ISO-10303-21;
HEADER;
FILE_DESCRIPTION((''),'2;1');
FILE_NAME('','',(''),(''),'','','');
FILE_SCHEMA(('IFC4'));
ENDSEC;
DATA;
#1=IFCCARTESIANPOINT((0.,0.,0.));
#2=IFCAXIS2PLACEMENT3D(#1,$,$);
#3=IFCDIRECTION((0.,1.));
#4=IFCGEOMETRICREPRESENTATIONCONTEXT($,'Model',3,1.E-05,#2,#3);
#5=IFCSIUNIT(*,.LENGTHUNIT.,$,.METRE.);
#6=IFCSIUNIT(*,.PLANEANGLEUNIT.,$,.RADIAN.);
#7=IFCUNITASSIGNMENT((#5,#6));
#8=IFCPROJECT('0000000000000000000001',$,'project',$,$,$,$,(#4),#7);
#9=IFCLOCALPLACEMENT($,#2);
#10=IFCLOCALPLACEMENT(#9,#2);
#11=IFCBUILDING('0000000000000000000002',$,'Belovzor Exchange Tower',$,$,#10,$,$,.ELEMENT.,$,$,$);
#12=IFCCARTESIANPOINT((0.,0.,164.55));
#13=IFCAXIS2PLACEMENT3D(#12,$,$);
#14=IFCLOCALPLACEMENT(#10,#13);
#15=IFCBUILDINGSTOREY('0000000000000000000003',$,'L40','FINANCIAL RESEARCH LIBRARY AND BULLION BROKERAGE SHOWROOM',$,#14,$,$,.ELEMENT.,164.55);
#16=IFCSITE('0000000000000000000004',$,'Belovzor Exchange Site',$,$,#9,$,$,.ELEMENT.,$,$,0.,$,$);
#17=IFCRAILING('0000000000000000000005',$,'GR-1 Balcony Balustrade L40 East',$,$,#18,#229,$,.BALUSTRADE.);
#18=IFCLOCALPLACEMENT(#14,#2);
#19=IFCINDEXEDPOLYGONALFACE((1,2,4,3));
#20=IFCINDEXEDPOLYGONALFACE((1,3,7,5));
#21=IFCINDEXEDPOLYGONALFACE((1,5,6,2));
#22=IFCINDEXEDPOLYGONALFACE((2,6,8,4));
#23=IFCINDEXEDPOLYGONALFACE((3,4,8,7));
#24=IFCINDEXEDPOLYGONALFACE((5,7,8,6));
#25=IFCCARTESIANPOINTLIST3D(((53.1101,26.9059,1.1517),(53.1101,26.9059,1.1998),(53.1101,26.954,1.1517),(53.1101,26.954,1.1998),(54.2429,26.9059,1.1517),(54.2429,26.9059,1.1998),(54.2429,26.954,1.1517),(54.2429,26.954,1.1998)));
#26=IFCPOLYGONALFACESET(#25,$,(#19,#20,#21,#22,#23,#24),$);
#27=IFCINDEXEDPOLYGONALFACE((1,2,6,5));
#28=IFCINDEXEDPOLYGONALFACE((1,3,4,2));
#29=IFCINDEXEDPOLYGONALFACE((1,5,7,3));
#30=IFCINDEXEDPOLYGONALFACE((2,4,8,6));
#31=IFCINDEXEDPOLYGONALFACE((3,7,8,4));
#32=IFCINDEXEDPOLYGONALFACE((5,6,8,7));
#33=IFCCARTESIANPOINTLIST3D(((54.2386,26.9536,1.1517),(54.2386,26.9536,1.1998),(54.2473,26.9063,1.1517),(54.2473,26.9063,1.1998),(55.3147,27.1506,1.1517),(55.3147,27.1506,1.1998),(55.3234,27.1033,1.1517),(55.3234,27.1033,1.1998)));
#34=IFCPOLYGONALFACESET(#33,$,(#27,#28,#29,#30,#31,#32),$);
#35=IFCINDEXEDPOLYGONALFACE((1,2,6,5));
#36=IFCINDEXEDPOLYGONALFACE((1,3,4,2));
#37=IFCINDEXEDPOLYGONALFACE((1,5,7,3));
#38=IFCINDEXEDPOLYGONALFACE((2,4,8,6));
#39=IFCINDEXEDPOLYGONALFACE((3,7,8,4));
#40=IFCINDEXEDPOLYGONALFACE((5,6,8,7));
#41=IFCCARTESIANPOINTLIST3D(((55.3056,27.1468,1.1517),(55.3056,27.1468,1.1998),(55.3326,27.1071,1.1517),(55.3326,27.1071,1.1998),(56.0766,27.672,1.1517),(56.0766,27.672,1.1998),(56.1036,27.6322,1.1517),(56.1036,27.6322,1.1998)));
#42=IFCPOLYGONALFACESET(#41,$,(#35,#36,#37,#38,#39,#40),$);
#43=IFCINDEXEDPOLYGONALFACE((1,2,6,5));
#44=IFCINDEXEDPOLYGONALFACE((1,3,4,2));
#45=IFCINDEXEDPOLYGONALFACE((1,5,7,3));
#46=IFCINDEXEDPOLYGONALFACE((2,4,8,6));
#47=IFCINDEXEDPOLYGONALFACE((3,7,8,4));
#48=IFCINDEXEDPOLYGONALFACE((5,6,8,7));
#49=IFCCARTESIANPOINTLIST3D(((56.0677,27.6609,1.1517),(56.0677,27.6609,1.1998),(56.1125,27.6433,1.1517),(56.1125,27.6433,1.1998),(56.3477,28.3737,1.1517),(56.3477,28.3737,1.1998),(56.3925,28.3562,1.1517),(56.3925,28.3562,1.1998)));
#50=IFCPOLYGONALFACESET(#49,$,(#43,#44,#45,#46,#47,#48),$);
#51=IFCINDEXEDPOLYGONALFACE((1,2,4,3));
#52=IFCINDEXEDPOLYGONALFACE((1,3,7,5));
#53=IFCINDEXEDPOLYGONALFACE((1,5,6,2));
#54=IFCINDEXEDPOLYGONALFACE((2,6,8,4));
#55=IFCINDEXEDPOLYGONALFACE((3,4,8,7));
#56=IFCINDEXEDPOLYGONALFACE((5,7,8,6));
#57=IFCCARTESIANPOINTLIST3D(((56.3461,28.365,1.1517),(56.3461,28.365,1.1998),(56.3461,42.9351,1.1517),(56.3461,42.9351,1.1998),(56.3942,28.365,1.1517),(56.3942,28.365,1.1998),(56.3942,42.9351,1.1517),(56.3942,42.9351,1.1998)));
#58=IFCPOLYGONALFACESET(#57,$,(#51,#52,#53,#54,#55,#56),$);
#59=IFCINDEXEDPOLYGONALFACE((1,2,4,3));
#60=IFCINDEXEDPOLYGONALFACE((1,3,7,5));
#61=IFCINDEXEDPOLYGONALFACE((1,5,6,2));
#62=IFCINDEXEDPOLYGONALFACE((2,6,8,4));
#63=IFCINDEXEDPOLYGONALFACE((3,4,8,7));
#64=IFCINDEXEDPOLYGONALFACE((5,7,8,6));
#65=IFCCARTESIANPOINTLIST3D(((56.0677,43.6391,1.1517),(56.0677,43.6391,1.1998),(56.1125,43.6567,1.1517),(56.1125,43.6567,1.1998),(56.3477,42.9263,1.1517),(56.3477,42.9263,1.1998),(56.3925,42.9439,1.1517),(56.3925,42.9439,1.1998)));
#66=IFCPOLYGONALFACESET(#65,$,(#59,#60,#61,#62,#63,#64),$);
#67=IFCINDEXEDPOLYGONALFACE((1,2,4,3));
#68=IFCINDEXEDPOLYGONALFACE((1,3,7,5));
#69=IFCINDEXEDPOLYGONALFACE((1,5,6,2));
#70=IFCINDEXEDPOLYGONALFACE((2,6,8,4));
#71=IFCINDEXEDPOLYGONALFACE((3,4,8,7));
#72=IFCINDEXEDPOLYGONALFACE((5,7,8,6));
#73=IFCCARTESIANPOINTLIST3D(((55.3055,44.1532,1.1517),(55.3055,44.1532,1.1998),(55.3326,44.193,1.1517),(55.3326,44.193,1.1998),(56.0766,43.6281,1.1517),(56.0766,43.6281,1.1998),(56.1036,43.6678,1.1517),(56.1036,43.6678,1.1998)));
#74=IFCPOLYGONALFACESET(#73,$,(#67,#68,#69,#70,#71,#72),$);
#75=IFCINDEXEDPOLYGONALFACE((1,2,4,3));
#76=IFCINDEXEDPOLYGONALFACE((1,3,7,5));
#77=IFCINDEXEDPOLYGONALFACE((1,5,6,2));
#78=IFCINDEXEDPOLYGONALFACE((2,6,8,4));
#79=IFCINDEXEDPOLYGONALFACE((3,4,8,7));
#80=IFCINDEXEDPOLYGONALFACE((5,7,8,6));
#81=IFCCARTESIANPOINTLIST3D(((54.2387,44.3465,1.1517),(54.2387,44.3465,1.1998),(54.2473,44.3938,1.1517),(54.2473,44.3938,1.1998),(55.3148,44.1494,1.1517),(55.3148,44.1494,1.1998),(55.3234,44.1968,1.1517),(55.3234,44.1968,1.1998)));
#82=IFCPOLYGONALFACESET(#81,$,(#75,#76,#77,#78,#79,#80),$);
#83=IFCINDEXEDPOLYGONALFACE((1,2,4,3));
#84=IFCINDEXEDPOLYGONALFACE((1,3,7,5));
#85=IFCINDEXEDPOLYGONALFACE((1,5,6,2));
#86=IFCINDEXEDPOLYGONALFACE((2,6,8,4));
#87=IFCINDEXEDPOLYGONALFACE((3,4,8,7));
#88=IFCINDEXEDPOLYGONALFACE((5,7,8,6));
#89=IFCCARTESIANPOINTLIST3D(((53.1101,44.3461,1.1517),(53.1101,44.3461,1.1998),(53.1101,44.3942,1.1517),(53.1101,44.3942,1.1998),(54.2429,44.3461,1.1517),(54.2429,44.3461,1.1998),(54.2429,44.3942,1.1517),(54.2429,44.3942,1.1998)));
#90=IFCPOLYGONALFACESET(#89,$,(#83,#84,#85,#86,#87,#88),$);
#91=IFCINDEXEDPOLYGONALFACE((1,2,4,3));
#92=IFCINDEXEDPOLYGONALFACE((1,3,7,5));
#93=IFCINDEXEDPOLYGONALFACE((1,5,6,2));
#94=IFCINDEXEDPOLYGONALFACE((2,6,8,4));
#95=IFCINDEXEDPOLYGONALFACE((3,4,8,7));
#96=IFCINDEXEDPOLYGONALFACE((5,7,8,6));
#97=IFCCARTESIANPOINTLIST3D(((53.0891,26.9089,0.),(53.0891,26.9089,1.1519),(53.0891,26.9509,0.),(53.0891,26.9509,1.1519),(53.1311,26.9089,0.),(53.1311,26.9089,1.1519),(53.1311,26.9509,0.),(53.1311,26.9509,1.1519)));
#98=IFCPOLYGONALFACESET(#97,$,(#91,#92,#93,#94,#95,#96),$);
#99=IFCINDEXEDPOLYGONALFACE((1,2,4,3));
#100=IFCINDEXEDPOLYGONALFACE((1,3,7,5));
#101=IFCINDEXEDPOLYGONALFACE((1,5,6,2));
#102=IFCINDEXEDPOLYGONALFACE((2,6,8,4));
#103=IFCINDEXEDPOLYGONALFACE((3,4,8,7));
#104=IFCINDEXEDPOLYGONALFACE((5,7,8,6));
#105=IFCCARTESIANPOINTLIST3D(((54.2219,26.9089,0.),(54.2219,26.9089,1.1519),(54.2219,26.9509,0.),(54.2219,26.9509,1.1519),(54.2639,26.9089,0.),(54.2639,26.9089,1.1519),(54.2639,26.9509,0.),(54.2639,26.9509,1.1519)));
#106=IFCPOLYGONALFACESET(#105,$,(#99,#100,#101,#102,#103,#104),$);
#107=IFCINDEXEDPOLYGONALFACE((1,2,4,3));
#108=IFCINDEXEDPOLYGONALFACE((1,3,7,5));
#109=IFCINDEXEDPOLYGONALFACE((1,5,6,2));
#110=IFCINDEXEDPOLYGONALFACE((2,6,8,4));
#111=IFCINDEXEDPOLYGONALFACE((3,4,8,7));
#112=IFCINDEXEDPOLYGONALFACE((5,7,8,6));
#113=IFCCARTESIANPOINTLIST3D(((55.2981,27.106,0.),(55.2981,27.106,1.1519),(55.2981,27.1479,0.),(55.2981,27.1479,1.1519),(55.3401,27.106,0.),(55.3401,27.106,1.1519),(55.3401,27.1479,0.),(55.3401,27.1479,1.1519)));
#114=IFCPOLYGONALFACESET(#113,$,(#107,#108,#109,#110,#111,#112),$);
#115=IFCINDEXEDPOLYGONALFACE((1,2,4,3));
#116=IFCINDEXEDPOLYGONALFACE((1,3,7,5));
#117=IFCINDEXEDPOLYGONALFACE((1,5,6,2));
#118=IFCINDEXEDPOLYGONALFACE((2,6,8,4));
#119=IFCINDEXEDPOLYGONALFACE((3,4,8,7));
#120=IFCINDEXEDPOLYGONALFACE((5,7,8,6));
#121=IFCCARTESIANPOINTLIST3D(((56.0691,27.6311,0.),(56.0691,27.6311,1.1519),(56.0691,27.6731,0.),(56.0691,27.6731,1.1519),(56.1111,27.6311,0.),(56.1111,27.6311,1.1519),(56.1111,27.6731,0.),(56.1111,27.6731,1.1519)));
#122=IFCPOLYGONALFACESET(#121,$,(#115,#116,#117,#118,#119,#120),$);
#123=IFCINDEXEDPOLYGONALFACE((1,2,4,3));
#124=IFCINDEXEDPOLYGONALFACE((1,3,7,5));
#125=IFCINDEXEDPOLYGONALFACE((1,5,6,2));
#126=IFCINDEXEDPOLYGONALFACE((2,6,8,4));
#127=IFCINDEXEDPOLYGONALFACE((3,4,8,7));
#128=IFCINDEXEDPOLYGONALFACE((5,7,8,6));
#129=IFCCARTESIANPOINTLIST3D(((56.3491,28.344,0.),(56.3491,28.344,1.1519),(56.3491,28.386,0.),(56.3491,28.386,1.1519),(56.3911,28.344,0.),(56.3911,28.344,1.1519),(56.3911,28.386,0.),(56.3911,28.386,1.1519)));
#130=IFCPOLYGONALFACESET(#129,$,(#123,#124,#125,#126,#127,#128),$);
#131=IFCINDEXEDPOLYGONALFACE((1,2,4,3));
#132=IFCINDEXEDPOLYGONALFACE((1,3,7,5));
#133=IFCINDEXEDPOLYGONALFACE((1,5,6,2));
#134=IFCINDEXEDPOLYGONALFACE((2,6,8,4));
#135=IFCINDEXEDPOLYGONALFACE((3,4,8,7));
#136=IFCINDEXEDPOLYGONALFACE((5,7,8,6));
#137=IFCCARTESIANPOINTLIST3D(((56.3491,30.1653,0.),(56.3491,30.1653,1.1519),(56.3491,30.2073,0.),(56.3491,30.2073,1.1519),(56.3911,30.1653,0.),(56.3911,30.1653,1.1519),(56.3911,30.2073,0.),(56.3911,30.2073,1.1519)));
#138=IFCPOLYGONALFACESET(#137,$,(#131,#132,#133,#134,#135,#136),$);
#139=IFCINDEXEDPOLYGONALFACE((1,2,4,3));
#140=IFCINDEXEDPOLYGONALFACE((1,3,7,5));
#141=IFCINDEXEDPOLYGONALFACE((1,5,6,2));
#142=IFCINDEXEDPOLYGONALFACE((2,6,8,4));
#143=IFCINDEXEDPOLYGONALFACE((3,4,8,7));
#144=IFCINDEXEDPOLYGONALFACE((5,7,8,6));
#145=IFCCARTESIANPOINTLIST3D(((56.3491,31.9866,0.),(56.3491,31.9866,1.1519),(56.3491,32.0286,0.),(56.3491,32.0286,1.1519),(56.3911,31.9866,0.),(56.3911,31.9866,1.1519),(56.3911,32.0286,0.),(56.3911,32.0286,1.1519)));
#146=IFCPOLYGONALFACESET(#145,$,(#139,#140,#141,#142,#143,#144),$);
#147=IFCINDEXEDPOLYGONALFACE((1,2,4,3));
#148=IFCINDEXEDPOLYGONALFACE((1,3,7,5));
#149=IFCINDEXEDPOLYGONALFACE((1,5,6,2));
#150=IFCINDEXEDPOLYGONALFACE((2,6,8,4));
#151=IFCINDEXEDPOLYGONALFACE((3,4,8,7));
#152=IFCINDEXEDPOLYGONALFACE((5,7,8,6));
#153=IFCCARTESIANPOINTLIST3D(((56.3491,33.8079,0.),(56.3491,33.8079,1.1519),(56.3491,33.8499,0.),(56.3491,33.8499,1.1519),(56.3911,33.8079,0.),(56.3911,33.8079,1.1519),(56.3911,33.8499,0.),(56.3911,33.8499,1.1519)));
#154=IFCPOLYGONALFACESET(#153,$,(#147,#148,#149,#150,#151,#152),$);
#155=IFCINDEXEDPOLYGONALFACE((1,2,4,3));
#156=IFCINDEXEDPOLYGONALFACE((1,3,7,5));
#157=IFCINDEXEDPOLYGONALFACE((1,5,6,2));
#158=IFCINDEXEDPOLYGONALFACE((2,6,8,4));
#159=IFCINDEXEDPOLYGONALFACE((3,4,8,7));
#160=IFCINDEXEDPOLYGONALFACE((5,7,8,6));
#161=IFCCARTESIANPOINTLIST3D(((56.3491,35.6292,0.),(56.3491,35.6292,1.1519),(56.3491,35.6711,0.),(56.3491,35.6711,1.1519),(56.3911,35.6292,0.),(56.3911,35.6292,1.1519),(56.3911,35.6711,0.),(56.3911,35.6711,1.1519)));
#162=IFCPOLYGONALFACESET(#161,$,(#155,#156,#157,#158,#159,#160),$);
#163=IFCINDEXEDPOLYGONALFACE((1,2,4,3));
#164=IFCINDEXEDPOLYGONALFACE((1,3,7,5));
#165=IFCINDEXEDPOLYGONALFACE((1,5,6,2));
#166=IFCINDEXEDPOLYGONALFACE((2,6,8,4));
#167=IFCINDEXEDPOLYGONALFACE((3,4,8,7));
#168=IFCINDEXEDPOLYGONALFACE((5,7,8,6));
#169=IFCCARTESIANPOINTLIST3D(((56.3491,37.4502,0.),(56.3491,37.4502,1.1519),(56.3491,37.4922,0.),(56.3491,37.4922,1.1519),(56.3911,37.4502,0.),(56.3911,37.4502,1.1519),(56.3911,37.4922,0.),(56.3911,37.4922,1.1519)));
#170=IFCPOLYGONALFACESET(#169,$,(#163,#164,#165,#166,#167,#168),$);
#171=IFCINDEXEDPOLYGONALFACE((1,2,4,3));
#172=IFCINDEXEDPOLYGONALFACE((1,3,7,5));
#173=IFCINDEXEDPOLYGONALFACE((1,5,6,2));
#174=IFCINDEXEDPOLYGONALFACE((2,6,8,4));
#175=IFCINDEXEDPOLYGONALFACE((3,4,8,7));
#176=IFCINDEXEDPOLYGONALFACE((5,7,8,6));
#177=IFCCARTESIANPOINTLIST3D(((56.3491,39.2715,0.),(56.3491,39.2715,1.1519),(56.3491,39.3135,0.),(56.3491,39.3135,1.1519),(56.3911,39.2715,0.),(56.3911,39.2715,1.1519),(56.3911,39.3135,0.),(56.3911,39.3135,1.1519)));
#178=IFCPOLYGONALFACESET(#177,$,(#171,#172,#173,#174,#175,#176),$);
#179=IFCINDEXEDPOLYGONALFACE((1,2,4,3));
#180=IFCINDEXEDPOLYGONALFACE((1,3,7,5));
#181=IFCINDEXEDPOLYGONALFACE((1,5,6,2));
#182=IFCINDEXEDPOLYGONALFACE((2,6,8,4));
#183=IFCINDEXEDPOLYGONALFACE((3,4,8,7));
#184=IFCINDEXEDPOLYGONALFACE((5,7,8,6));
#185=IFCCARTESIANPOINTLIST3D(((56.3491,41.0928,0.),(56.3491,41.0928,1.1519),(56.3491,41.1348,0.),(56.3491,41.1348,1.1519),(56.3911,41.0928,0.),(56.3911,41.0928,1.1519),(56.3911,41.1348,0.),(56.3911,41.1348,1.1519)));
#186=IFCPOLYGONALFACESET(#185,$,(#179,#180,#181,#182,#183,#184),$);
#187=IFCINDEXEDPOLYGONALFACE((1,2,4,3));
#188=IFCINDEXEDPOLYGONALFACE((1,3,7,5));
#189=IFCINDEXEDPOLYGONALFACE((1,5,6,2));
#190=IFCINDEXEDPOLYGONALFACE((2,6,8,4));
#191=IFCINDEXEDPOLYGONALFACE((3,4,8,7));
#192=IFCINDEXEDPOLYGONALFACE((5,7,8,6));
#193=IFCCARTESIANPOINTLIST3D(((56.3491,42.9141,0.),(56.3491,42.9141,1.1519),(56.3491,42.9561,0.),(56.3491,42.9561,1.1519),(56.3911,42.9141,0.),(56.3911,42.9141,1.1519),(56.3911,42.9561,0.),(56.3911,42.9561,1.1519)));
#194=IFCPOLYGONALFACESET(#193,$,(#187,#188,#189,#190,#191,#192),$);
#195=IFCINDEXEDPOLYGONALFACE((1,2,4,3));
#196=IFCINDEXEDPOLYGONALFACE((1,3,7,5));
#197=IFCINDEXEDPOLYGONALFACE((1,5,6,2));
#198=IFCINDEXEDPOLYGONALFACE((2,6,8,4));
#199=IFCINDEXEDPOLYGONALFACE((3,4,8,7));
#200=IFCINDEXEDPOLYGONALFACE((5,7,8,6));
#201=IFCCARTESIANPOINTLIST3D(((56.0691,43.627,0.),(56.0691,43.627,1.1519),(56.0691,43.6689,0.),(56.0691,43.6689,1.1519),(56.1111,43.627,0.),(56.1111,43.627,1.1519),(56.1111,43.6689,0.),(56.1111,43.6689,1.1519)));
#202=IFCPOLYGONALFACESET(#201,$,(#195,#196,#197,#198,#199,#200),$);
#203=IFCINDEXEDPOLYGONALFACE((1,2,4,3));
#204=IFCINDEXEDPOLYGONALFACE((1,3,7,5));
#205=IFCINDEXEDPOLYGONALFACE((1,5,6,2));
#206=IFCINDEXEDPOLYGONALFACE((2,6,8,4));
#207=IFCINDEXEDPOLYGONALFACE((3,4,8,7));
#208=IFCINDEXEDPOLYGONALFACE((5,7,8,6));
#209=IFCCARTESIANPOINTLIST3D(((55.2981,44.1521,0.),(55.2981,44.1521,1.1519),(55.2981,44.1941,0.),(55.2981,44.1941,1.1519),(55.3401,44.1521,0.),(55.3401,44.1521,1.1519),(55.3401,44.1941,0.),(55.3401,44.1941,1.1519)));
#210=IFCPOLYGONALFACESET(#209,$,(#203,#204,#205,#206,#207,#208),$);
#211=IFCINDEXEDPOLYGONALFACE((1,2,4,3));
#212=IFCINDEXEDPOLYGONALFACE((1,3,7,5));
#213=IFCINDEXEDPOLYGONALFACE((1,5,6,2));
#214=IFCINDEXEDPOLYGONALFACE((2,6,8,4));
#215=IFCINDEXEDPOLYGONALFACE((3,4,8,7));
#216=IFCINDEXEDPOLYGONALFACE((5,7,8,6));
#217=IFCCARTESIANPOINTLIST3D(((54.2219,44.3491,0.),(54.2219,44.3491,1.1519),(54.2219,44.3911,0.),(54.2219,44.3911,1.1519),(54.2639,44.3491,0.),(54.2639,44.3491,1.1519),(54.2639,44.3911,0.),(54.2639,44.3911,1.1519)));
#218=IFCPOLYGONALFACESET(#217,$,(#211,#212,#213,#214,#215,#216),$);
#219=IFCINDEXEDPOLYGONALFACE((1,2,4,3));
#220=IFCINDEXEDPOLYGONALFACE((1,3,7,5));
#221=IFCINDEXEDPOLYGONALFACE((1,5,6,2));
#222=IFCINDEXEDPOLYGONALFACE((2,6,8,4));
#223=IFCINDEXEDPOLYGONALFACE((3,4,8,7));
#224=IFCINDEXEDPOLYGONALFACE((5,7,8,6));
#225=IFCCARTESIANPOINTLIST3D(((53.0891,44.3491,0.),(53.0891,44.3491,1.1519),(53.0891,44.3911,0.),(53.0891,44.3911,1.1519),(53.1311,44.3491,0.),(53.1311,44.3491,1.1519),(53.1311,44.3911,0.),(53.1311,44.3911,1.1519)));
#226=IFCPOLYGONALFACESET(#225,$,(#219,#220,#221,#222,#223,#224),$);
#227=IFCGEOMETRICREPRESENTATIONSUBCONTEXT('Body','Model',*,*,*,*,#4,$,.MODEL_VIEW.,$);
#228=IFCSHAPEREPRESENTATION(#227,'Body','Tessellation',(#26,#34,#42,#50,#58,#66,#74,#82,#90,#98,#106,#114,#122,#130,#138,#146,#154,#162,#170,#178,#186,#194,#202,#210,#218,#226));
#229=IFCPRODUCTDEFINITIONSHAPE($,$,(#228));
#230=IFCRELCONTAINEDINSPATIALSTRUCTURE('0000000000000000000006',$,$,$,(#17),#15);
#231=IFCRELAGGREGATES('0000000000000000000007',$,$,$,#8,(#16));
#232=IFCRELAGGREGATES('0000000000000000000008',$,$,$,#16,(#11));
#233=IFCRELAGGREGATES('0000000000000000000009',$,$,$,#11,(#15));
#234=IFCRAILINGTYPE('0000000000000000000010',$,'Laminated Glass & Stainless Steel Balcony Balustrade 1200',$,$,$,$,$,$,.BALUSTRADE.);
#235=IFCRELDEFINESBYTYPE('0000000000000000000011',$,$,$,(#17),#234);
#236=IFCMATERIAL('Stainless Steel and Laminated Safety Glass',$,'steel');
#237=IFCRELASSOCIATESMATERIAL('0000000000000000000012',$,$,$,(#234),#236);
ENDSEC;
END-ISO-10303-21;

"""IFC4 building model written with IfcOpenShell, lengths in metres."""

from ifc_helpers import new_model, si_unit, direction, frame, origin, origin_2d, place, context, subcontext, project, spatial, rectangle, extrude, material, type_object, element, save


model = new_model("IFC4")

# Units and contexts
model_context = context("Model", 3, precision=1e-05, world=origin(), true_north=direction((0.0, 1.0)))
body_context = subcontext(model_context, "Body", "Model", "MODEL_VIEW")
ifc_project = project(units=[si_unit("LENGTHUNIT", "METRE"), si_unit("PLANEANGLEUNIT", "RADIAN")], contexts=[model_context])

# Site, building, storey
site_placement = place(None, origin())
site = spatial("IfcSite", under=ifc_project, at=site_placement, Name="Belovzor Exchange Site", CompositionType="ELEMENT", RefElevation=0.0)
building_placement = place(site_placement, origin())
building = spatial("IfcBuilding", under=site, at=building_placement, Name="Belovzor Exchange Tower", CompositionType="ELEMENT")
storey_placement = place(building_placement, frame((0.0, 0.0, 164.55)))
storey = spatial("IfcBuildingStorey", under=building, at=storey_placement, Name="L40", Description="FINANCIAL RESEARCH LIBRARY AND BULLION BROKERAGE SHOWROOM", CompositionType="ELEMENT", Elevation=164.55)

# Railing
ifc_material_1 = material(Name="Stainless Steel and Laminated Safety Glass", Category="steel")
railing_type = type_object("IfcRailingType", Name="Laminated Glass & Stainless Steel Balcony Balustrade 1200", PredefinedType="BALUSTRADE", material=ifc_material_1)
railing_placement = place(storey_placement, frame((53.1101, 26.9299, 0.0)))
element("IfcRailing", 1, at=railing_placement, inside=storey, type_object=railing_type, Name="GR-1 Balcony Balustrade L40 East", PredefinedType="BALUSTRADE", context=body_context, shape_type="SweptSolid", body=[
    extrude(rectangle(XDim=0.0481, YDim=0.0481, at=origin_2d()), frame((0.0, 0.0, 1.1758), z_axis=(1.0, 0.0, 0.0), x_axis=(0.0, 1.0, 0.0)), (0.0, 0.0, 1.0), 1.1328),
    extrude(rectangle(XDim=0.0481, YDim=0.0481, at=origin_2d()), frame((1.1328, 0.0, 1.1758), z_axis=(0.983651, 0.180083, 0.0), x_axis=(-0.180083, 0.983651, 0.0)), (0.0, 0.0, 1.0), 1.094),
    extrude(rectangle(XDim=0.0481, YDim=0.0481, at=origin_2d()), frame((2.209, 0.197, 1.1758), z_axis=(0.826493, 0.562947, 0.0), x_axis=(-0.562947, 0.826493, 0.0)), (0.0, 0.0, 1.0), 0.9329),
    extrude(rectangle(XDim=0.0481, YDim=0.0481, at=origin_2d()), frame((2.98, 0.7222, 1.1758), z_axis=(0.365613, 0.930767, 0.0), x_axis=(-0.930767, 0.365613, 0.0)), (0.0, 0.0, 1.0), 0.7659),
    extrude(rectangle(XDim=0.0481, YDim=0.0481, at=origin_2d()), frame((3.26, 1.4351, 1.1758), z_axis=(0.0, 1.0, 0.0), x_axis=(-1.0, 0.0, 0.0)), (0.0, 0.0, 1.0), 14.5701),
    extrude(rectangle(XDim=0.0481, YDim=0.0481, at=origin_2d()), frame((3.26, 16.0051, 1.1758), z_axis=(-0.365613, 0.930767, 0.0), x_axis=(-0.930767, -0.365613, 0.0)), (0.0, 0.0, 1.0), 0.7659),
    extrude(rectangle(XDim=0.0481, YDim=0.0481, at=origin_2d()), frame((2.98, 16.718, 1.1758), z_axis=(-0.826493, 0.562947, 0.0), x_axis=(-0.562947, -0.826493, 0.0)), (0.0, 0.0, 1.0), 0.9329),
    extrude(rectangle(XDim=0.0481, YDim=0.0481, at=origin_2d()), frame((2.209, 17.2432, 1.1758), z_axis=(-0.983651, 0.180083, 0.0), x_axis=(-0.180083, -0.983651, 0.0)), (0.0, 0.0, 1.0), 1.094),
    extrude(rectangle(XDim=0.0481, YDim=0.0481, at=origin_2d()), frame((1.1328, 17.4402, 1.1758), z_axis=(-1.0, 0.0, 0.0), x_axis=(0.0, -1.0, 0.0)), (0.0, 0.0, 1.0), 1.1328),
    extrude(rectangle(XDim=0.042, YDim=0.042, at=origin_2d()), origin(), (0.0, 0.0, 1.0), 1.1519),
    extrude(rectangle(XDim=0.042, YDim=0.042, at=origin_2d()), frame((1.1328, 0.0, 0.0)), (0.0, 0.0, 1.0), 1.1519),
    extrude(rectangle(XDim=0.042, YDim=0.042, at=origin_2d()), frame((2.209, 0.197, 0.0)), (0.0, 0.0, 1.0), 1.1519),
    extrude(rectangle(XDim=0.042, YDim=0.042, at=origin_2d()), frame((2.98, 0.7222, 0.0)), (0.0, 0.0, 1.0), 1.1519),
    extrude(rectangle(XDim=0.042, YDim=0.042, at=origin_2d()), frame((3.26, 1.4351, 0.0)), (0.0, 0.0, 1.0), 1.1519),
    extrude(rectangle(XDim=0.042, YDim=0.042, at=origin_2d()), frame((3.26, 3.2563, 0.0)), (0.0, 0.0, 1.0), 1.1519),
    extrude(rectangle(XDim=0.042, YDim=0.042, at=origin_2d()), frame((3.26, 5.0776, 0.0)), (0.0, 0.0, 1.0), 1.1519),
    extrude(rectangle(XDim=0.042, YDim=0.042, at=origin_2d()), frame((3.26, 6.8989, 0.0)), (0.0, 0.0, 1.0), 1.1519),
    extrude(rectangle(XDim=0.042, YDim=0.042, at=origin_2d()), frame((3.26, 8.7202, 0.0)), (0.0, 0.0, 1.0), 1.1519),
    extrude(rectangle(XDim=0.042, YDim=0.042, at=origin_2d()), frame((3.26, 10.5413, 0.0)), (0.0, 0.0, 1.0), 1.1519),
    extrude(rectangle(XDim=0.042, YDim=0.042, at=origin_2d()), frame((3.26, 12.3625, 0.0)), (0.0, 0.0, 1.0), 1.1519),
    extrude(rectangle(XDim=0.042, YDim=0.042, at=origin_2d()), frame((3.26, 14.1838, 0.0)), (0.0, 0.0, 1.0), 1.1519),
    extrude(rectangle(XDim=0.042, YDim=0.042, at=origin_2d()), frame((3.26, 16.0051, 0.0)), (0.0, 0.0, 1.0), 1.1519),
    extrude(rectangle(XDim=0.042, YDim=0.042, at=origin_2d()), frame((2.98, 16.718, 0.0)), (0.0, 0.0, 1.0), 1.1519),
    extrude(rectangle(XDim=0.042, YDim=0.042, at=origin_2d()), frame((2.209, 17.2432, 0.0)), (0.0, 0.0, 1.0), 1.1519),
    extrude(rectangle(XDim=0.042, YDim=0.042, at=origin_2d()), frame((1.1328, 17.4402, 0.0)), (0.0, 0.0, 1.0), 1.1519),
    extrude(rectangle(XDim=0.042, YDim=0.042, at=origin_2d()), frame((0.0, 17.4402, 0.0)), (0.0, 0.0, 1.0), 1.1519),
])

save(model, "model.ifc")
